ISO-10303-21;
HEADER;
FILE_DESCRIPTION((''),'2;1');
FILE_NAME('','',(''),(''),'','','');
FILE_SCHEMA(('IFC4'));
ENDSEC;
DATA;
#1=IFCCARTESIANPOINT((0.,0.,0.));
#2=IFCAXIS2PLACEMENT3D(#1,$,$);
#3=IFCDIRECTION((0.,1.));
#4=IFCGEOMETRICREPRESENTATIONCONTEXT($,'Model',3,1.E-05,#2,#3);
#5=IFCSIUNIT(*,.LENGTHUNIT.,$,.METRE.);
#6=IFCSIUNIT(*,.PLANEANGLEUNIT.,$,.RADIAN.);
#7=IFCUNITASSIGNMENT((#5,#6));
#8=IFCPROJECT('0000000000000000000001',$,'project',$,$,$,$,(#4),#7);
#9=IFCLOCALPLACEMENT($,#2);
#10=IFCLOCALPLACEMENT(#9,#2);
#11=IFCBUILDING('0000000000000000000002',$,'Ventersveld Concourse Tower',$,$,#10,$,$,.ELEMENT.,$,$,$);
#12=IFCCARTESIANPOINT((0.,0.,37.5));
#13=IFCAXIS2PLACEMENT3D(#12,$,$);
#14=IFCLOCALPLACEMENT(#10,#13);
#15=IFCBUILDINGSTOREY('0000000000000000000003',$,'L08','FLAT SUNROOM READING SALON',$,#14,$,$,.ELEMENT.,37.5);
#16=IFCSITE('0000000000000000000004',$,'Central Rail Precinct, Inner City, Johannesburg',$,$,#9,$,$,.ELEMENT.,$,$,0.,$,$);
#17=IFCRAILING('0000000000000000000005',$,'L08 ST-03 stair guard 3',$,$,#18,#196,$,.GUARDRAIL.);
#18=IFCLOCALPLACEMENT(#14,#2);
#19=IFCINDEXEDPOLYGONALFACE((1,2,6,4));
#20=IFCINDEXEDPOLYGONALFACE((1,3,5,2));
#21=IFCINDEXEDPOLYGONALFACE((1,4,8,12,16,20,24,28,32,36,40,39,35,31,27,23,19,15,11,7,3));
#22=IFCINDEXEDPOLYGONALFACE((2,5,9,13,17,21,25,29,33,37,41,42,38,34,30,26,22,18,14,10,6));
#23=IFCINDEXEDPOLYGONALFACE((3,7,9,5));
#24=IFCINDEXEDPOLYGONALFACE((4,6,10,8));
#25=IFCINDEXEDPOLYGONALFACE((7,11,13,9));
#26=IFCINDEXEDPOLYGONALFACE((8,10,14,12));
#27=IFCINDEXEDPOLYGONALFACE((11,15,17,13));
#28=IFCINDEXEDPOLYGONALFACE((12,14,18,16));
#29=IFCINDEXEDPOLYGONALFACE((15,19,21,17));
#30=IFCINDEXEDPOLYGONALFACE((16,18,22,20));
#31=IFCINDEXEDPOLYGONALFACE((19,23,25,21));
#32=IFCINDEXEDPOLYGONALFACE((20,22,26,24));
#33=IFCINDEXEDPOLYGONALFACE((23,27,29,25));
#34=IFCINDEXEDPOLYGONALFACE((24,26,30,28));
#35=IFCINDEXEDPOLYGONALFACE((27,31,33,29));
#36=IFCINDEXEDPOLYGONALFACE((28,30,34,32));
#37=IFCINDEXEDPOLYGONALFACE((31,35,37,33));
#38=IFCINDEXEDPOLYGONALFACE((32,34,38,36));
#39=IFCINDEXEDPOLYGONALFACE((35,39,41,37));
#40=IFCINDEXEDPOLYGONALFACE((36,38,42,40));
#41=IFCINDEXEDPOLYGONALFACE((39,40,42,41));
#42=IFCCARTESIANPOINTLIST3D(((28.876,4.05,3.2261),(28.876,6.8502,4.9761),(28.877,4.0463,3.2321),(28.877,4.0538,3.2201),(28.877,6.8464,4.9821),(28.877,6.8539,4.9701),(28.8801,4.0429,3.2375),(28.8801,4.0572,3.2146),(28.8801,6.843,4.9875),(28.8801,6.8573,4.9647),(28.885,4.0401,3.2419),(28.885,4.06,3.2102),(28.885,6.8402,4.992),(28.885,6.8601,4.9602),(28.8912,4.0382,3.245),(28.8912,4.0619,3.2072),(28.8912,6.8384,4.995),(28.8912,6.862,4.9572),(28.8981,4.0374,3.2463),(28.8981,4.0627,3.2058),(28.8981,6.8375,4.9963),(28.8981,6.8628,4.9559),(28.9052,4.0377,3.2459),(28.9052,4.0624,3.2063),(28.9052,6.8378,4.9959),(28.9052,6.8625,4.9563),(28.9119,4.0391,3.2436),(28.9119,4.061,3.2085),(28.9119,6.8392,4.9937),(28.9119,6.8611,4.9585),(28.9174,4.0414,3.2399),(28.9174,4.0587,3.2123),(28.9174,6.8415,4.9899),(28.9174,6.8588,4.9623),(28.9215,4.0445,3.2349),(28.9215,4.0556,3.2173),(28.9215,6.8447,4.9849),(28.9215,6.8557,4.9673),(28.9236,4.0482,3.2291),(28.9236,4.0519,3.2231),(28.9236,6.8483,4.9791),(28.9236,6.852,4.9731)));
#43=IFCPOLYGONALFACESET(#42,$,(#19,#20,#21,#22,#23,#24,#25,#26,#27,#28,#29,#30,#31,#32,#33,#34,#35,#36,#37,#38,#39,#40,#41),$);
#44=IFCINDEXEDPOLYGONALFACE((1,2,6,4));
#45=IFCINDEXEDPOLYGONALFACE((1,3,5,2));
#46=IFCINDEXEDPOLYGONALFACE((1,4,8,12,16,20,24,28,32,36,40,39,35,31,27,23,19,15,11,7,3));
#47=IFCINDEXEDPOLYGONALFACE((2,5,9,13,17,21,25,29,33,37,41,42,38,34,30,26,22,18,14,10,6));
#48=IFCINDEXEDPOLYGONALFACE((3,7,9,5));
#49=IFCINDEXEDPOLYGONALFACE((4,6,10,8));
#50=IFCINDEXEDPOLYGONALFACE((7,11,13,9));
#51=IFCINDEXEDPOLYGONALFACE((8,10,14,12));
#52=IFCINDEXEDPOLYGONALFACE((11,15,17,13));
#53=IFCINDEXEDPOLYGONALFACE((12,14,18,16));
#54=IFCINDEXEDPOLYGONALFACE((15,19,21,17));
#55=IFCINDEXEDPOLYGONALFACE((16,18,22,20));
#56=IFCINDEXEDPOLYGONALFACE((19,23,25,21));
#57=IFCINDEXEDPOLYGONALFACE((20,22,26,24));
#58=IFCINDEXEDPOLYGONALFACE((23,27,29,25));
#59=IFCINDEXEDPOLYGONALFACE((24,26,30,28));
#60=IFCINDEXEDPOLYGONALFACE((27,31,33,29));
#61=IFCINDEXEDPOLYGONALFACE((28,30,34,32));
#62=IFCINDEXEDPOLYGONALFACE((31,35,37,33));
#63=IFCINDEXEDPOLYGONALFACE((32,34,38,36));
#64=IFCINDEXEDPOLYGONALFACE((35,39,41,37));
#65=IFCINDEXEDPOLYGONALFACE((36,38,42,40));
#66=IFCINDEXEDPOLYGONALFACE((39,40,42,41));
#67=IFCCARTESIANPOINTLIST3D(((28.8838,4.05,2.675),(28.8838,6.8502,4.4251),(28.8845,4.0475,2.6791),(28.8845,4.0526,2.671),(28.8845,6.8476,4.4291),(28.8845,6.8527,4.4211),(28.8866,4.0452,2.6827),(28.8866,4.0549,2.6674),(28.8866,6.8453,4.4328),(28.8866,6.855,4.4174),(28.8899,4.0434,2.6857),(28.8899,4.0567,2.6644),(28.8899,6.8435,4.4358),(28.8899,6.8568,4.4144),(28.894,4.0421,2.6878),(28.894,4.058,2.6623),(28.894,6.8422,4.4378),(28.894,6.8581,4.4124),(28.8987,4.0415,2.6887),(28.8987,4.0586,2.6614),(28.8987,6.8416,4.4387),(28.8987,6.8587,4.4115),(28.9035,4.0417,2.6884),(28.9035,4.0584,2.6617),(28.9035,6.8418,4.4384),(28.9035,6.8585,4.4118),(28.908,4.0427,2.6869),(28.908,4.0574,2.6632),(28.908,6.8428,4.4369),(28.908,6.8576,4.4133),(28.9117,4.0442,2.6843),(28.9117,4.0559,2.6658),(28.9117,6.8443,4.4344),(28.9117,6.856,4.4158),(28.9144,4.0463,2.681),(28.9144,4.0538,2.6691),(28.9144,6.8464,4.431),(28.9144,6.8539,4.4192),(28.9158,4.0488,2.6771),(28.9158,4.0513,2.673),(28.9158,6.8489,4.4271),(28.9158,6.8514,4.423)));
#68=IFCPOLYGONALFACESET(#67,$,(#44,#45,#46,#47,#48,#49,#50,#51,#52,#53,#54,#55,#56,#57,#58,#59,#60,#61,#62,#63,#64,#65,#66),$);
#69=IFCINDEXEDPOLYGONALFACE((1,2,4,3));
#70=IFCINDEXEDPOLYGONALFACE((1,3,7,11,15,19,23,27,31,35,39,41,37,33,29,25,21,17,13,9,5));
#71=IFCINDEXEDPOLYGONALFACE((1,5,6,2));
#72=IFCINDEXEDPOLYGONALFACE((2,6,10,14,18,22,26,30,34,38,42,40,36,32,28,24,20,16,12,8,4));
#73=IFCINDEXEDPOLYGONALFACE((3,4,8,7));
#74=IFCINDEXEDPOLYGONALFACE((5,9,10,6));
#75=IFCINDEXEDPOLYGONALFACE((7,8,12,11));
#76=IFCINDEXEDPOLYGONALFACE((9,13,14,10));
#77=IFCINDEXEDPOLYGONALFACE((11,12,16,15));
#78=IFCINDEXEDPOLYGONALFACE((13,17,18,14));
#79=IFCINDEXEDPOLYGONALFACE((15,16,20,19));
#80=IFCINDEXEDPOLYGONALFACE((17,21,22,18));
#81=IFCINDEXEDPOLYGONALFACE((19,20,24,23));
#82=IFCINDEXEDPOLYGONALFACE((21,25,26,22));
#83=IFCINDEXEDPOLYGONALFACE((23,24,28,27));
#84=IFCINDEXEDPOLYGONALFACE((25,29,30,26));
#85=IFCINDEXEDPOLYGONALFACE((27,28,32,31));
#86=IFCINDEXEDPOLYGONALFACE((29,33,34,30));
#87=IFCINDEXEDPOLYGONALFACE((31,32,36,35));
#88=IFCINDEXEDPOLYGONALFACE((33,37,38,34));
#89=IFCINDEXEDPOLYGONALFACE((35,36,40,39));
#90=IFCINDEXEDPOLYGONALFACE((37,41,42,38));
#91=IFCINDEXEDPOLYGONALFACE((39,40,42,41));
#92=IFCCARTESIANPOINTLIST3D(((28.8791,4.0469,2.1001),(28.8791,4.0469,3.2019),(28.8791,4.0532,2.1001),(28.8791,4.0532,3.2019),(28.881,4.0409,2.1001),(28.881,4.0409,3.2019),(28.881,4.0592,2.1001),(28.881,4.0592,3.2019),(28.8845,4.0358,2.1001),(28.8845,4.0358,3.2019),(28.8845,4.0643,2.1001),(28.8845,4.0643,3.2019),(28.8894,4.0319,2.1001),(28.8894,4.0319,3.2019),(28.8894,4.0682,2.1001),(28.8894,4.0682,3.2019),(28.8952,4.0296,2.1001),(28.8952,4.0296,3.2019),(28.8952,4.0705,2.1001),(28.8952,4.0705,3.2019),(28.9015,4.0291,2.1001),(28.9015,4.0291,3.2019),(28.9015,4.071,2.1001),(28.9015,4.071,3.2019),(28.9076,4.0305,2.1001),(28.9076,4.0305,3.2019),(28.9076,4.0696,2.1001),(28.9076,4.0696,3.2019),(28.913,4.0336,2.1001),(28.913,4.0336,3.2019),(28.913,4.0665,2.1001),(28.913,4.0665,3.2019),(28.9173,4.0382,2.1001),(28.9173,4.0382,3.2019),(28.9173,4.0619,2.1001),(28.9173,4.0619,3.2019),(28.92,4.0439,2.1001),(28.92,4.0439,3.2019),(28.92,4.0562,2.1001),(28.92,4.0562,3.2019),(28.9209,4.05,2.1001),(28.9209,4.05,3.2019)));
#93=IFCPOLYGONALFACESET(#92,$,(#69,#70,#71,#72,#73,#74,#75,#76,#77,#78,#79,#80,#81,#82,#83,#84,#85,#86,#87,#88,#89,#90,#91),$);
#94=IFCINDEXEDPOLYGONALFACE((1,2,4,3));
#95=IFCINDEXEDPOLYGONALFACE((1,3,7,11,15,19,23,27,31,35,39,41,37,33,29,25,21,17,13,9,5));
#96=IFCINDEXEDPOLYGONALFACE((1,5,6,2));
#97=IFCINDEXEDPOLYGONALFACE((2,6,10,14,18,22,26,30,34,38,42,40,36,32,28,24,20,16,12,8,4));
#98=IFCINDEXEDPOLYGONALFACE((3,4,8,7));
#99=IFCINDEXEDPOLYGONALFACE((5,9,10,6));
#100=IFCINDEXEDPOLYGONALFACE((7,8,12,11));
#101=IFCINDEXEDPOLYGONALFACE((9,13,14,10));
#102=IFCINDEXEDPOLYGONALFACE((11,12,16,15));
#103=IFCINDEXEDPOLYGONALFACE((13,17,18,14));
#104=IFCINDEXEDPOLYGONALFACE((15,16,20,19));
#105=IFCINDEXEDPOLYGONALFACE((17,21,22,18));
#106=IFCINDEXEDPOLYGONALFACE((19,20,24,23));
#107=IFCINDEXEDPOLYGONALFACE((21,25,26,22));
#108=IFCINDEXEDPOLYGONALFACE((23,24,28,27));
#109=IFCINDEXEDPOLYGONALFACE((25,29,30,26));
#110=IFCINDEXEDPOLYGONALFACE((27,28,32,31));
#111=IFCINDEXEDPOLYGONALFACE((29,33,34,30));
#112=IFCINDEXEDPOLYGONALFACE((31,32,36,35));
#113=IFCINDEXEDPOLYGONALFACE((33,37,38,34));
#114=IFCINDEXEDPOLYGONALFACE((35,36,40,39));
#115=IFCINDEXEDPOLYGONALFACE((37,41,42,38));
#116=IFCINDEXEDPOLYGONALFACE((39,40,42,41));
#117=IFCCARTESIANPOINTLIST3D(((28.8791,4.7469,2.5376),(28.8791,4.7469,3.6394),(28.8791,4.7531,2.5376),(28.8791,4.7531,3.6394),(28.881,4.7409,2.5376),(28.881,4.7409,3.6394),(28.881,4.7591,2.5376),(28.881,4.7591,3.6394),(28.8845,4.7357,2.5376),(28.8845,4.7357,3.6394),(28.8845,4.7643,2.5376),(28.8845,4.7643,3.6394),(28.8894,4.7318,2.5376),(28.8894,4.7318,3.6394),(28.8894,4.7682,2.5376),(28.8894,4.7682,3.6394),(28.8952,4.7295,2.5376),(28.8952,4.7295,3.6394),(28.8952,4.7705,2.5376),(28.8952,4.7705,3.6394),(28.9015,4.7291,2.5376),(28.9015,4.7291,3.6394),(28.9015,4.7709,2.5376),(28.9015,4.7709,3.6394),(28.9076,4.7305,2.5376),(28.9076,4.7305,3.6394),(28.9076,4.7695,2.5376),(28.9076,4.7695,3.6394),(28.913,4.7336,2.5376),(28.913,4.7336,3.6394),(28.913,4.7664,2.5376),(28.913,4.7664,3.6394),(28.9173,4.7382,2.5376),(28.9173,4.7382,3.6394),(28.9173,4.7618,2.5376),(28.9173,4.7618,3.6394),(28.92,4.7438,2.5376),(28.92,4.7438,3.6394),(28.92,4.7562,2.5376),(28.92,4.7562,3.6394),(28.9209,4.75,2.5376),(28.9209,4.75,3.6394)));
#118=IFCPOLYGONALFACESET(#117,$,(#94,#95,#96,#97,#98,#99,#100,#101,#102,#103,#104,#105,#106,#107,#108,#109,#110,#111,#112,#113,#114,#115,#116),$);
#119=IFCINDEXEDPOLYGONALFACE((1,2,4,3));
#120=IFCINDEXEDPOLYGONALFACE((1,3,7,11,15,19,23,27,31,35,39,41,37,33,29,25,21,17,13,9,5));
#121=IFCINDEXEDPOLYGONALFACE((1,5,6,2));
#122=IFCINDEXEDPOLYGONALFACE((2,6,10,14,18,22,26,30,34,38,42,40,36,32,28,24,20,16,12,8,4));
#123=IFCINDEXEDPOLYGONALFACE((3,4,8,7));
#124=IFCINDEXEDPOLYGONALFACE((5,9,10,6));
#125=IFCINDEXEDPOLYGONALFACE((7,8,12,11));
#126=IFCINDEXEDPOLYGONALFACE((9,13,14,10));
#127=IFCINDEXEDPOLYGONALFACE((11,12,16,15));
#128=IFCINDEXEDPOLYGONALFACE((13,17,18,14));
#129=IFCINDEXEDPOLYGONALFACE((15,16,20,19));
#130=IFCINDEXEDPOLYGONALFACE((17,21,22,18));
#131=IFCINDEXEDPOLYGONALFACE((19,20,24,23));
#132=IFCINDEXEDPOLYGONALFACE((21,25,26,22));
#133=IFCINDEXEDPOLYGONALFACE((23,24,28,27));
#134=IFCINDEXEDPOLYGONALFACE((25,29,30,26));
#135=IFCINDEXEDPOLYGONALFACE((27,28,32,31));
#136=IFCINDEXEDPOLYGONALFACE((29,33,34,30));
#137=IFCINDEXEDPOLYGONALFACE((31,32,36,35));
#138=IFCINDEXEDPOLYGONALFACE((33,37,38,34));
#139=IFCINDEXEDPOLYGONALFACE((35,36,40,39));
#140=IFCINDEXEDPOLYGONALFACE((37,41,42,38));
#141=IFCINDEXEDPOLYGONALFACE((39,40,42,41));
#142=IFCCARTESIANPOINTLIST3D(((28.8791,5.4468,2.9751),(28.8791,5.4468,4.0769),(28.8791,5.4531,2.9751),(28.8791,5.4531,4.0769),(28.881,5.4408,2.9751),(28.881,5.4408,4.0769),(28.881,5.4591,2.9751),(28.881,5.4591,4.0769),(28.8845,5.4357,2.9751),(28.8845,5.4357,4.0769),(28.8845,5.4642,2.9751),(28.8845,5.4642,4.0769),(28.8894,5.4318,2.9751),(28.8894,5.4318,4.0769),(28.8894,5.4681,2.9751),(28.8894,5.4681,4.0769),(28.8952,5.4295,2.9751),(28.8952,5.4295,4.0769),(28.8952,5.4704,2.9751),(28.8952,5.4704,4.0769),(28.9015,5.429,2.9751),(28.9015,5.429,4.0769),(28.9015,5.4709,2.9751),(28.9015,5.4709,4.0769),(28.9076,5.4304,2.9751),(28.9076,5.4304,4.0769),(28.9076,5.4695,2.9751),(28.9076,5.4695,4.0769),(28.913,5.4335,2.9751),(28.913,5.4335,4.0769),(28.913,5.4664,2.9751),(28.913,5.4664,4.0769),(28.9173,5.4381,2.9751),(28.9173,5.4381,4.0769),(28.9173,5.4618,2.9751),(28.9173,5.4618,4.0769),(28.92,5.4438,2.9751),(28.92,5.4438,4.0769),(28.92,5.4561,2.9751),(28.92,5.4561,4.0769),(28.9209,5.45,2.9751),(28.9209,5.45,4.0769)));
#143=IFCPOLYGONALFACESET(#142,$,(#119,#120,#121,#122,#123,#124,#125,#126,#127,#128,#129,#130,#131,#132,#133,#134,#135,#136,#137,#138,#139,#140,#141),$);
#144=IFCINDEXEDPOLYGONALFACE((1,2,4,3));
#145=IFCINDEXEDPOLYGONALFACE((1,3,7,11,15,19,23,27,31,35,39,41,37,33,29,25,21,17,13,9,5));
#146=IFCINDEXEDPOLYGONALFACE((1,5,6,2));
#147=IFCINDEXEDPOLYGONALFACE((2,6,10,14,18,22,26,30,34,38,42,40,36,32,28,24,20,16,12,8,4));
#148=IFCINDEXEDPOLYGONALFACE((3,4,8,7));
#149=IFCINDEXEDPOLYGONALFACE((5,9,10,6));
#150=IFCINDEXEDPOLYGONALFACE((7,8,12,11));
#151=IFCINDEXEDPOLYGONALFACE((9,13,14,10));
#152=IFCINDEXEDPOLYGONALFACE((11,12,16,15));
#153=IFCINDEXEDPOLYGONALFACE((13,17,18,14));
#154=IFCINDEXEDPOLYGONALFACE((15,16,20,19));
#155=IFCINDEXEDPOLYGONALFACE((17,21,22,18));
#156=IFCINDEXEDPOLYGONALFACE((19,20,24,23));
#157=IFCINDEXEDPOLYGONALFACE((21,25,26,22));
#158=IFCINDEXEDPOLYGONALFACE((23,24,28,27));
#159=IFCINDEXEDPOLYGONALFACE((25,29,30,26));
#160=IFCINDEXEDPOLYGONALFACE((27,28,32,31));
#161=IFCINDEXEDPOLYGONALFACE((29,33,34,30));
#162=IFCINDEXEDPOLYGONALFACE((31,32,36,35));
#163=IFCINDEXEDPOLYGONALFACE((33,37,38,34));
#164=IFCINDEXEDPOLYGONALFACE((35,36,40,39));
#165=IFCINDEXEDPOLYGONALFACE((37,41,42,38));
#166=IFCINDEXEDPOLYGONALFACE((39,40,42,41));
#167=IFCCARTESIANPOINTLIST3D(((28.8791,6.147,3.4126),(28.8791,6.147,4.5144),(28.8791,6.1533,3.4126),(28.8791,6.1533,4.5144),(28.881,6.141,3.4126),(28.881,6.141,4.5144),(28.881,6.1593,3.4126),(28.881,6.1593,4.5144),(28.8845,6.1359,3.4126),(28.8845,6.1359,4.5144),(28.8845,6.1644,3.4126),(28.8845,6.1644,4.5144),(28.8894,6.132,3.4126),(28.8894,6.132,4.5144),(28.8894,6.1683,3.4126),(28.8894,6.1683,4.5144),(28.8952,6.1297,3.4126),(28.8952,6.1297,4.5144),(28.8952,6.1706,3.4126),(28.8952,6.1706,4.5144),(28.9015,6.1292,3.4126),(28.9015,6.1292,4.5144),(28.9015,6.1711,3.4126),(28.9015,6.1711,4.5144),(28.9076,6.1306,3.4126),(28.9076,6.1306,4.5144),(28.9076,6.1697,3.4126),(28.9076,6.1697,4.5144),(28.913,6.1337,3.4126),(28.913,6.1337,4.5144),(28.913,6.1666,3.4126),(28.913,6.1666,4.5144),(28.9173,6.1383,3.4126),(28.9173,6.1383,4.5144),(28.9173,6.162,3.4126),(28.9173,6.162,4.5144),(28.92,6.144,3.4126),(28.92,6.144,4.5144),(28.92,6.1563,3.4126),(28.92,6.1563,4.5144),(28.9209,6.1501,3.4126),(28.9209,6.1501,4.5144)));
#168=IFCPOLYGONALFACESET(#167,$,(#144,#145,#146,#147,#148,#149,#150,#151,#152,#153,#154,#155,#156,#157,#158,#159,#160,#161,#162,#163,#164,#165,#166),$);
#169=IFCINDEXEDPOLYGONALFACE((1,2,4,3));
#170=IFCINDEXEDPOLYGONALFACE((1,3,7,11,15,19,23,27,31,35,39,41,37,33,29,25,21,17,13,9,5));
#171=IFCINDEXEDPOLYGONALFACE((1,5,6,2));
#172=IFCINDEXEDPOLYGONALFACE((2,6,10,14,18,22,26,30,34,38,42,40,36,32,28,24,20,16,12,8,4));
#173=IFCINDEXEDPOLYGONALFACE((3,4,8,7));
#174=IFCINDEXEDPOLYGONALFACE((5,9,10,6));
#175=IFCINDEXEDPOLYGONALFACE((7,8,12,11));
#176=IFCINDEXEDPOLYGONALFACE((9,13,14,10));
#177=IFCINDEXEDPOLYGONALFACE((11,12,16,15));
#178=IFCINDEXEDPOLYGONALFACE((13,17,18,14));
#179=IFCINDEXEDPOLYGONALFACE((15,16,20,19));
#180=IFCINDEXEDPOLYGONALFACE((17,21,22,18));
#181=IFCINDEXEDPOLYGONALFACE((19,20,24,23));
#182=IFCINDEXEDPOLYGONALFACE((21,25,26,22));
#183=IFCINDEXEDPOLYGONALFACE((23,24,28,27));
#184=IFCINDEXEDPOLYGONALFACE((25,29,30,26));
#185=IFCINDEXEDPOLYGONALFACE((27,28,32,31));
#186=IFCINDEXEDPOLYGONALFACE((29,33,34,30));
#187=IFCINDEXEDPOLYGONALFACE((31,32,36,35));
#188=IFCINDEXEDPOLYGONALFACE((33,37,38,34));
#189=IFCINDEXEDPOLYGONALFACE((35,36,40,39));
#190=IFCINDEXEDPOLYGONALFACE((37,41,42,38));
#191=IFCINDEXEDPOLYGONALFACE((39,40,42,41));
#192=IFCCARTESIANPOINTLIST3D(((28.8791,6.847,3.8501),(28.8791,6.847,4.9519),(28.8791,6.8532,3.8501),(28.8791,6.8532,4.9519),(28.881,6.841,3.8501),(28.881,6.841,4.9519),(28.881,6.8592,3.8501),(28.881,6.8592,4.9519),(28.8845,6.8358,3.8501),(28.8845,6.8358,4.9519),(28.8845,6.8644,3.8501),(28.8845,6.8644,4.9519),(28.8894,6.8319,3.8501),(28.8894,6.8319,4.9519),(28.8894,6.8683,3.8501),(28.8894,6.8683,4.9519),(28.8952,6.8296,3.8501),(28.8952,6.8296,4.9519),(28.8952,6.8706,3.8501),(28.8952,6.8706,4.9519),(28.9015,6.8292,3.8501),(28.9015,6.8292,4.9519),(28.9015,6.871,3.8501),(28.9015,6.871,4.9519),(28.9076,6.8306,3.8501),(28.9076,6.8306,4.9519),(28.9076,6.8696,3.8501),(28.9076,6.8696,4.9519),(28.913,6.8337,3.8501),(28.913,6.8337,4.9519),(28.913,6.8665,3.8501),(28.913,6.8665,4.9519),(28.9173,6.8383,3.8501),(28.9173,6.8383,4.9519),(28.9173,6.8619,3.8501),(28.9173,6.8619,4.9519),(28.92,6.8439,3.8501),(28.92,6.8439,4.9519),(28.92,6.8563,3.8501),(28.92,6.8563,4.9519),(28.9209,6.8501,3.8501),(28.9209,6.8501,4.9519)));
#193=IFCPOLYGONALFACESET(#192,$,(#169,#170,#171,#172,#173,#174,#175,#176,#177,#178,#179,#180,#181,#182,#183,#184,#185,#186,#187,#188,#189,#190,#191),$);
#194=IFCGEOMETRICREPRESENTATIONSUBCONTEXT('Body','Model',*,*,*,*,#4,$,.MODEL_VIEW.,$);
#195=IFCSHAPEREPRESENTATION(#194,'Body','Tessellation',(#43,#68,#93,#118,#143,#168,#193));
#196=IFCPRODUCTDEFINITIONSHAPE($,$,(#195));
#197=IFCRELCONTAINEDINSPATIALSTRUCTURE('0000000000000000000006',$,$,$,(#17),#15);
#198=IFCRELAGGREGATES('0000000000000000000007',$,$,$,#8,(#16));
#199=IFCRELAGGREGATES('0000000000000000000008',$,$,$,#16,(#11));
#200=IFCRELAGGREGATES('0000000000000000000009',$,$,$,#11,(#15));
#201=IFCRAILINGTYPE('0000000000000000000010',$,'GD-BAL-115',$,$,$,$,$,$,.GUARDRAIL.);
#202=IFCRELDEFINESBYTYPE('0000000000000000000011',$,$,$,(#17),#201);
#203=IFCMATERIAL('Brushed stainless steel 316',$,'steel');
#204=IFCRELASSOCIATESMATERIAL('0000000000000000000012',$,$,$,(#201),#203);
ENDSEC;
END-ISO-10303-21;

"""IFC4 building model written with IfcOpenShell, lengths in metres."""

from ifc_helpers import new_model, si_unit, direction, frame, origin, origin_2d, place, context, subcontext, project, spatial, circle, extrude, material, type_object, element, save


model = new_model("IFC4")

# Units and contexts
model_context = context("Model", 3, precision=1e-05, world=origin(), true_north=direction((0.0, 1.0)))
body_context = subcontext(model_context, "Body", "Model", "MODEL_VIEW")
ifc_project = project(units=[si_unit("LENGTHUNIT", "METRE"), si_unit("PLANEANGLEUNIT", "RADIAN")], contexts=[model_context])

# Site, building, storey
site_placement = place(None, origin())
site = spatial("IfcSite", under=ifc_project, at=site_placement, Name="Central Rail Precinct, Inner City, Johannesburg", CompositionType="ELEMENT", RefElevation=0.0)
building_placement = place(site_placement, origin())
building = spatial("IfcBuilding", under=site, at=building_placement, Name="Ventersveld Concourse Tower", CompositionType="ELEMENT")
storey_placement = place(building_placement, frame((0.0, 0.0, 37.5)))
storey = spatial("IfcBuildingStorey", under=building, at=storey_placement, Name="L08", Description="FLAT SUNROOM READING SALON", CompositionType="ELEMENT", Elevation=37.5)

# Railing
ifc_material_1 = material(Name="Brushed stainless steel 316", Category="steel")
railing_type_1 = type_object("IfcRailingType", Name="GD-BAL-115", PredefinedType="GUARDRAIL", material=ifc_material_1)
railing_1_placement = place(storey_placement, frame((28.8999, 4.05, 2.1001)))
element("IfcRailing", 1, at=railing_1_placement, inside=storey, type_object=railing_type_1, Name="L08 ST-03 stair guard 3", PredefinedType="GUARDRAIL", context=body_context, shape_type="SweptSolid", body=[
    extrude(circle(Radius=0.0239, at=origin_2d()), frame((0.0, 0.0, 1.126), z_axis=(0.0, 0.848002, 0.529992), x_axis=(-1.0, 0.0, 0.0)), (0.0, 0.0, 1.0), 3.302),
    extrude(circle(Radius=0.0161, at=origin_2d()), frame((0.0, 0.0, 0.575), z_axis=(0.0, 0.848002, 0.529992), x_axis=(-1.0, 0.0, 0.0)), (0.0, 0.0, 1.0), 3.302),
    extrude(circle(Radius=0.021, at=origin_2d()), origin(), (0.0, 0.0, 1.0), 1.1018),
    extrude(circle(Radius=0.021, at=origin_2d()), frame((0.0, 0.7, 0.4375)), (0.0, 0.0, 1.0), 1.1018),
    extrude(circle(Radius=0.021, at=origin_2d()), frame((0.0, 1.3999, 0.875)), (0.0, 0.0, 1.0), 1.1018),
    extrude(circle(Radius=0.021, at=origin_2d()), frame((0.0, 2.1001, 1.3125)), (0.0, 0.0, 1.0), 1.1018),
    extrude(circle(Radius=0.021, at=origin_2d()), frame((0.0, 2.8, 1.75)), (0.0, 0.0, 1.0), 1.1018),
])

save(model, "model.ifc")
